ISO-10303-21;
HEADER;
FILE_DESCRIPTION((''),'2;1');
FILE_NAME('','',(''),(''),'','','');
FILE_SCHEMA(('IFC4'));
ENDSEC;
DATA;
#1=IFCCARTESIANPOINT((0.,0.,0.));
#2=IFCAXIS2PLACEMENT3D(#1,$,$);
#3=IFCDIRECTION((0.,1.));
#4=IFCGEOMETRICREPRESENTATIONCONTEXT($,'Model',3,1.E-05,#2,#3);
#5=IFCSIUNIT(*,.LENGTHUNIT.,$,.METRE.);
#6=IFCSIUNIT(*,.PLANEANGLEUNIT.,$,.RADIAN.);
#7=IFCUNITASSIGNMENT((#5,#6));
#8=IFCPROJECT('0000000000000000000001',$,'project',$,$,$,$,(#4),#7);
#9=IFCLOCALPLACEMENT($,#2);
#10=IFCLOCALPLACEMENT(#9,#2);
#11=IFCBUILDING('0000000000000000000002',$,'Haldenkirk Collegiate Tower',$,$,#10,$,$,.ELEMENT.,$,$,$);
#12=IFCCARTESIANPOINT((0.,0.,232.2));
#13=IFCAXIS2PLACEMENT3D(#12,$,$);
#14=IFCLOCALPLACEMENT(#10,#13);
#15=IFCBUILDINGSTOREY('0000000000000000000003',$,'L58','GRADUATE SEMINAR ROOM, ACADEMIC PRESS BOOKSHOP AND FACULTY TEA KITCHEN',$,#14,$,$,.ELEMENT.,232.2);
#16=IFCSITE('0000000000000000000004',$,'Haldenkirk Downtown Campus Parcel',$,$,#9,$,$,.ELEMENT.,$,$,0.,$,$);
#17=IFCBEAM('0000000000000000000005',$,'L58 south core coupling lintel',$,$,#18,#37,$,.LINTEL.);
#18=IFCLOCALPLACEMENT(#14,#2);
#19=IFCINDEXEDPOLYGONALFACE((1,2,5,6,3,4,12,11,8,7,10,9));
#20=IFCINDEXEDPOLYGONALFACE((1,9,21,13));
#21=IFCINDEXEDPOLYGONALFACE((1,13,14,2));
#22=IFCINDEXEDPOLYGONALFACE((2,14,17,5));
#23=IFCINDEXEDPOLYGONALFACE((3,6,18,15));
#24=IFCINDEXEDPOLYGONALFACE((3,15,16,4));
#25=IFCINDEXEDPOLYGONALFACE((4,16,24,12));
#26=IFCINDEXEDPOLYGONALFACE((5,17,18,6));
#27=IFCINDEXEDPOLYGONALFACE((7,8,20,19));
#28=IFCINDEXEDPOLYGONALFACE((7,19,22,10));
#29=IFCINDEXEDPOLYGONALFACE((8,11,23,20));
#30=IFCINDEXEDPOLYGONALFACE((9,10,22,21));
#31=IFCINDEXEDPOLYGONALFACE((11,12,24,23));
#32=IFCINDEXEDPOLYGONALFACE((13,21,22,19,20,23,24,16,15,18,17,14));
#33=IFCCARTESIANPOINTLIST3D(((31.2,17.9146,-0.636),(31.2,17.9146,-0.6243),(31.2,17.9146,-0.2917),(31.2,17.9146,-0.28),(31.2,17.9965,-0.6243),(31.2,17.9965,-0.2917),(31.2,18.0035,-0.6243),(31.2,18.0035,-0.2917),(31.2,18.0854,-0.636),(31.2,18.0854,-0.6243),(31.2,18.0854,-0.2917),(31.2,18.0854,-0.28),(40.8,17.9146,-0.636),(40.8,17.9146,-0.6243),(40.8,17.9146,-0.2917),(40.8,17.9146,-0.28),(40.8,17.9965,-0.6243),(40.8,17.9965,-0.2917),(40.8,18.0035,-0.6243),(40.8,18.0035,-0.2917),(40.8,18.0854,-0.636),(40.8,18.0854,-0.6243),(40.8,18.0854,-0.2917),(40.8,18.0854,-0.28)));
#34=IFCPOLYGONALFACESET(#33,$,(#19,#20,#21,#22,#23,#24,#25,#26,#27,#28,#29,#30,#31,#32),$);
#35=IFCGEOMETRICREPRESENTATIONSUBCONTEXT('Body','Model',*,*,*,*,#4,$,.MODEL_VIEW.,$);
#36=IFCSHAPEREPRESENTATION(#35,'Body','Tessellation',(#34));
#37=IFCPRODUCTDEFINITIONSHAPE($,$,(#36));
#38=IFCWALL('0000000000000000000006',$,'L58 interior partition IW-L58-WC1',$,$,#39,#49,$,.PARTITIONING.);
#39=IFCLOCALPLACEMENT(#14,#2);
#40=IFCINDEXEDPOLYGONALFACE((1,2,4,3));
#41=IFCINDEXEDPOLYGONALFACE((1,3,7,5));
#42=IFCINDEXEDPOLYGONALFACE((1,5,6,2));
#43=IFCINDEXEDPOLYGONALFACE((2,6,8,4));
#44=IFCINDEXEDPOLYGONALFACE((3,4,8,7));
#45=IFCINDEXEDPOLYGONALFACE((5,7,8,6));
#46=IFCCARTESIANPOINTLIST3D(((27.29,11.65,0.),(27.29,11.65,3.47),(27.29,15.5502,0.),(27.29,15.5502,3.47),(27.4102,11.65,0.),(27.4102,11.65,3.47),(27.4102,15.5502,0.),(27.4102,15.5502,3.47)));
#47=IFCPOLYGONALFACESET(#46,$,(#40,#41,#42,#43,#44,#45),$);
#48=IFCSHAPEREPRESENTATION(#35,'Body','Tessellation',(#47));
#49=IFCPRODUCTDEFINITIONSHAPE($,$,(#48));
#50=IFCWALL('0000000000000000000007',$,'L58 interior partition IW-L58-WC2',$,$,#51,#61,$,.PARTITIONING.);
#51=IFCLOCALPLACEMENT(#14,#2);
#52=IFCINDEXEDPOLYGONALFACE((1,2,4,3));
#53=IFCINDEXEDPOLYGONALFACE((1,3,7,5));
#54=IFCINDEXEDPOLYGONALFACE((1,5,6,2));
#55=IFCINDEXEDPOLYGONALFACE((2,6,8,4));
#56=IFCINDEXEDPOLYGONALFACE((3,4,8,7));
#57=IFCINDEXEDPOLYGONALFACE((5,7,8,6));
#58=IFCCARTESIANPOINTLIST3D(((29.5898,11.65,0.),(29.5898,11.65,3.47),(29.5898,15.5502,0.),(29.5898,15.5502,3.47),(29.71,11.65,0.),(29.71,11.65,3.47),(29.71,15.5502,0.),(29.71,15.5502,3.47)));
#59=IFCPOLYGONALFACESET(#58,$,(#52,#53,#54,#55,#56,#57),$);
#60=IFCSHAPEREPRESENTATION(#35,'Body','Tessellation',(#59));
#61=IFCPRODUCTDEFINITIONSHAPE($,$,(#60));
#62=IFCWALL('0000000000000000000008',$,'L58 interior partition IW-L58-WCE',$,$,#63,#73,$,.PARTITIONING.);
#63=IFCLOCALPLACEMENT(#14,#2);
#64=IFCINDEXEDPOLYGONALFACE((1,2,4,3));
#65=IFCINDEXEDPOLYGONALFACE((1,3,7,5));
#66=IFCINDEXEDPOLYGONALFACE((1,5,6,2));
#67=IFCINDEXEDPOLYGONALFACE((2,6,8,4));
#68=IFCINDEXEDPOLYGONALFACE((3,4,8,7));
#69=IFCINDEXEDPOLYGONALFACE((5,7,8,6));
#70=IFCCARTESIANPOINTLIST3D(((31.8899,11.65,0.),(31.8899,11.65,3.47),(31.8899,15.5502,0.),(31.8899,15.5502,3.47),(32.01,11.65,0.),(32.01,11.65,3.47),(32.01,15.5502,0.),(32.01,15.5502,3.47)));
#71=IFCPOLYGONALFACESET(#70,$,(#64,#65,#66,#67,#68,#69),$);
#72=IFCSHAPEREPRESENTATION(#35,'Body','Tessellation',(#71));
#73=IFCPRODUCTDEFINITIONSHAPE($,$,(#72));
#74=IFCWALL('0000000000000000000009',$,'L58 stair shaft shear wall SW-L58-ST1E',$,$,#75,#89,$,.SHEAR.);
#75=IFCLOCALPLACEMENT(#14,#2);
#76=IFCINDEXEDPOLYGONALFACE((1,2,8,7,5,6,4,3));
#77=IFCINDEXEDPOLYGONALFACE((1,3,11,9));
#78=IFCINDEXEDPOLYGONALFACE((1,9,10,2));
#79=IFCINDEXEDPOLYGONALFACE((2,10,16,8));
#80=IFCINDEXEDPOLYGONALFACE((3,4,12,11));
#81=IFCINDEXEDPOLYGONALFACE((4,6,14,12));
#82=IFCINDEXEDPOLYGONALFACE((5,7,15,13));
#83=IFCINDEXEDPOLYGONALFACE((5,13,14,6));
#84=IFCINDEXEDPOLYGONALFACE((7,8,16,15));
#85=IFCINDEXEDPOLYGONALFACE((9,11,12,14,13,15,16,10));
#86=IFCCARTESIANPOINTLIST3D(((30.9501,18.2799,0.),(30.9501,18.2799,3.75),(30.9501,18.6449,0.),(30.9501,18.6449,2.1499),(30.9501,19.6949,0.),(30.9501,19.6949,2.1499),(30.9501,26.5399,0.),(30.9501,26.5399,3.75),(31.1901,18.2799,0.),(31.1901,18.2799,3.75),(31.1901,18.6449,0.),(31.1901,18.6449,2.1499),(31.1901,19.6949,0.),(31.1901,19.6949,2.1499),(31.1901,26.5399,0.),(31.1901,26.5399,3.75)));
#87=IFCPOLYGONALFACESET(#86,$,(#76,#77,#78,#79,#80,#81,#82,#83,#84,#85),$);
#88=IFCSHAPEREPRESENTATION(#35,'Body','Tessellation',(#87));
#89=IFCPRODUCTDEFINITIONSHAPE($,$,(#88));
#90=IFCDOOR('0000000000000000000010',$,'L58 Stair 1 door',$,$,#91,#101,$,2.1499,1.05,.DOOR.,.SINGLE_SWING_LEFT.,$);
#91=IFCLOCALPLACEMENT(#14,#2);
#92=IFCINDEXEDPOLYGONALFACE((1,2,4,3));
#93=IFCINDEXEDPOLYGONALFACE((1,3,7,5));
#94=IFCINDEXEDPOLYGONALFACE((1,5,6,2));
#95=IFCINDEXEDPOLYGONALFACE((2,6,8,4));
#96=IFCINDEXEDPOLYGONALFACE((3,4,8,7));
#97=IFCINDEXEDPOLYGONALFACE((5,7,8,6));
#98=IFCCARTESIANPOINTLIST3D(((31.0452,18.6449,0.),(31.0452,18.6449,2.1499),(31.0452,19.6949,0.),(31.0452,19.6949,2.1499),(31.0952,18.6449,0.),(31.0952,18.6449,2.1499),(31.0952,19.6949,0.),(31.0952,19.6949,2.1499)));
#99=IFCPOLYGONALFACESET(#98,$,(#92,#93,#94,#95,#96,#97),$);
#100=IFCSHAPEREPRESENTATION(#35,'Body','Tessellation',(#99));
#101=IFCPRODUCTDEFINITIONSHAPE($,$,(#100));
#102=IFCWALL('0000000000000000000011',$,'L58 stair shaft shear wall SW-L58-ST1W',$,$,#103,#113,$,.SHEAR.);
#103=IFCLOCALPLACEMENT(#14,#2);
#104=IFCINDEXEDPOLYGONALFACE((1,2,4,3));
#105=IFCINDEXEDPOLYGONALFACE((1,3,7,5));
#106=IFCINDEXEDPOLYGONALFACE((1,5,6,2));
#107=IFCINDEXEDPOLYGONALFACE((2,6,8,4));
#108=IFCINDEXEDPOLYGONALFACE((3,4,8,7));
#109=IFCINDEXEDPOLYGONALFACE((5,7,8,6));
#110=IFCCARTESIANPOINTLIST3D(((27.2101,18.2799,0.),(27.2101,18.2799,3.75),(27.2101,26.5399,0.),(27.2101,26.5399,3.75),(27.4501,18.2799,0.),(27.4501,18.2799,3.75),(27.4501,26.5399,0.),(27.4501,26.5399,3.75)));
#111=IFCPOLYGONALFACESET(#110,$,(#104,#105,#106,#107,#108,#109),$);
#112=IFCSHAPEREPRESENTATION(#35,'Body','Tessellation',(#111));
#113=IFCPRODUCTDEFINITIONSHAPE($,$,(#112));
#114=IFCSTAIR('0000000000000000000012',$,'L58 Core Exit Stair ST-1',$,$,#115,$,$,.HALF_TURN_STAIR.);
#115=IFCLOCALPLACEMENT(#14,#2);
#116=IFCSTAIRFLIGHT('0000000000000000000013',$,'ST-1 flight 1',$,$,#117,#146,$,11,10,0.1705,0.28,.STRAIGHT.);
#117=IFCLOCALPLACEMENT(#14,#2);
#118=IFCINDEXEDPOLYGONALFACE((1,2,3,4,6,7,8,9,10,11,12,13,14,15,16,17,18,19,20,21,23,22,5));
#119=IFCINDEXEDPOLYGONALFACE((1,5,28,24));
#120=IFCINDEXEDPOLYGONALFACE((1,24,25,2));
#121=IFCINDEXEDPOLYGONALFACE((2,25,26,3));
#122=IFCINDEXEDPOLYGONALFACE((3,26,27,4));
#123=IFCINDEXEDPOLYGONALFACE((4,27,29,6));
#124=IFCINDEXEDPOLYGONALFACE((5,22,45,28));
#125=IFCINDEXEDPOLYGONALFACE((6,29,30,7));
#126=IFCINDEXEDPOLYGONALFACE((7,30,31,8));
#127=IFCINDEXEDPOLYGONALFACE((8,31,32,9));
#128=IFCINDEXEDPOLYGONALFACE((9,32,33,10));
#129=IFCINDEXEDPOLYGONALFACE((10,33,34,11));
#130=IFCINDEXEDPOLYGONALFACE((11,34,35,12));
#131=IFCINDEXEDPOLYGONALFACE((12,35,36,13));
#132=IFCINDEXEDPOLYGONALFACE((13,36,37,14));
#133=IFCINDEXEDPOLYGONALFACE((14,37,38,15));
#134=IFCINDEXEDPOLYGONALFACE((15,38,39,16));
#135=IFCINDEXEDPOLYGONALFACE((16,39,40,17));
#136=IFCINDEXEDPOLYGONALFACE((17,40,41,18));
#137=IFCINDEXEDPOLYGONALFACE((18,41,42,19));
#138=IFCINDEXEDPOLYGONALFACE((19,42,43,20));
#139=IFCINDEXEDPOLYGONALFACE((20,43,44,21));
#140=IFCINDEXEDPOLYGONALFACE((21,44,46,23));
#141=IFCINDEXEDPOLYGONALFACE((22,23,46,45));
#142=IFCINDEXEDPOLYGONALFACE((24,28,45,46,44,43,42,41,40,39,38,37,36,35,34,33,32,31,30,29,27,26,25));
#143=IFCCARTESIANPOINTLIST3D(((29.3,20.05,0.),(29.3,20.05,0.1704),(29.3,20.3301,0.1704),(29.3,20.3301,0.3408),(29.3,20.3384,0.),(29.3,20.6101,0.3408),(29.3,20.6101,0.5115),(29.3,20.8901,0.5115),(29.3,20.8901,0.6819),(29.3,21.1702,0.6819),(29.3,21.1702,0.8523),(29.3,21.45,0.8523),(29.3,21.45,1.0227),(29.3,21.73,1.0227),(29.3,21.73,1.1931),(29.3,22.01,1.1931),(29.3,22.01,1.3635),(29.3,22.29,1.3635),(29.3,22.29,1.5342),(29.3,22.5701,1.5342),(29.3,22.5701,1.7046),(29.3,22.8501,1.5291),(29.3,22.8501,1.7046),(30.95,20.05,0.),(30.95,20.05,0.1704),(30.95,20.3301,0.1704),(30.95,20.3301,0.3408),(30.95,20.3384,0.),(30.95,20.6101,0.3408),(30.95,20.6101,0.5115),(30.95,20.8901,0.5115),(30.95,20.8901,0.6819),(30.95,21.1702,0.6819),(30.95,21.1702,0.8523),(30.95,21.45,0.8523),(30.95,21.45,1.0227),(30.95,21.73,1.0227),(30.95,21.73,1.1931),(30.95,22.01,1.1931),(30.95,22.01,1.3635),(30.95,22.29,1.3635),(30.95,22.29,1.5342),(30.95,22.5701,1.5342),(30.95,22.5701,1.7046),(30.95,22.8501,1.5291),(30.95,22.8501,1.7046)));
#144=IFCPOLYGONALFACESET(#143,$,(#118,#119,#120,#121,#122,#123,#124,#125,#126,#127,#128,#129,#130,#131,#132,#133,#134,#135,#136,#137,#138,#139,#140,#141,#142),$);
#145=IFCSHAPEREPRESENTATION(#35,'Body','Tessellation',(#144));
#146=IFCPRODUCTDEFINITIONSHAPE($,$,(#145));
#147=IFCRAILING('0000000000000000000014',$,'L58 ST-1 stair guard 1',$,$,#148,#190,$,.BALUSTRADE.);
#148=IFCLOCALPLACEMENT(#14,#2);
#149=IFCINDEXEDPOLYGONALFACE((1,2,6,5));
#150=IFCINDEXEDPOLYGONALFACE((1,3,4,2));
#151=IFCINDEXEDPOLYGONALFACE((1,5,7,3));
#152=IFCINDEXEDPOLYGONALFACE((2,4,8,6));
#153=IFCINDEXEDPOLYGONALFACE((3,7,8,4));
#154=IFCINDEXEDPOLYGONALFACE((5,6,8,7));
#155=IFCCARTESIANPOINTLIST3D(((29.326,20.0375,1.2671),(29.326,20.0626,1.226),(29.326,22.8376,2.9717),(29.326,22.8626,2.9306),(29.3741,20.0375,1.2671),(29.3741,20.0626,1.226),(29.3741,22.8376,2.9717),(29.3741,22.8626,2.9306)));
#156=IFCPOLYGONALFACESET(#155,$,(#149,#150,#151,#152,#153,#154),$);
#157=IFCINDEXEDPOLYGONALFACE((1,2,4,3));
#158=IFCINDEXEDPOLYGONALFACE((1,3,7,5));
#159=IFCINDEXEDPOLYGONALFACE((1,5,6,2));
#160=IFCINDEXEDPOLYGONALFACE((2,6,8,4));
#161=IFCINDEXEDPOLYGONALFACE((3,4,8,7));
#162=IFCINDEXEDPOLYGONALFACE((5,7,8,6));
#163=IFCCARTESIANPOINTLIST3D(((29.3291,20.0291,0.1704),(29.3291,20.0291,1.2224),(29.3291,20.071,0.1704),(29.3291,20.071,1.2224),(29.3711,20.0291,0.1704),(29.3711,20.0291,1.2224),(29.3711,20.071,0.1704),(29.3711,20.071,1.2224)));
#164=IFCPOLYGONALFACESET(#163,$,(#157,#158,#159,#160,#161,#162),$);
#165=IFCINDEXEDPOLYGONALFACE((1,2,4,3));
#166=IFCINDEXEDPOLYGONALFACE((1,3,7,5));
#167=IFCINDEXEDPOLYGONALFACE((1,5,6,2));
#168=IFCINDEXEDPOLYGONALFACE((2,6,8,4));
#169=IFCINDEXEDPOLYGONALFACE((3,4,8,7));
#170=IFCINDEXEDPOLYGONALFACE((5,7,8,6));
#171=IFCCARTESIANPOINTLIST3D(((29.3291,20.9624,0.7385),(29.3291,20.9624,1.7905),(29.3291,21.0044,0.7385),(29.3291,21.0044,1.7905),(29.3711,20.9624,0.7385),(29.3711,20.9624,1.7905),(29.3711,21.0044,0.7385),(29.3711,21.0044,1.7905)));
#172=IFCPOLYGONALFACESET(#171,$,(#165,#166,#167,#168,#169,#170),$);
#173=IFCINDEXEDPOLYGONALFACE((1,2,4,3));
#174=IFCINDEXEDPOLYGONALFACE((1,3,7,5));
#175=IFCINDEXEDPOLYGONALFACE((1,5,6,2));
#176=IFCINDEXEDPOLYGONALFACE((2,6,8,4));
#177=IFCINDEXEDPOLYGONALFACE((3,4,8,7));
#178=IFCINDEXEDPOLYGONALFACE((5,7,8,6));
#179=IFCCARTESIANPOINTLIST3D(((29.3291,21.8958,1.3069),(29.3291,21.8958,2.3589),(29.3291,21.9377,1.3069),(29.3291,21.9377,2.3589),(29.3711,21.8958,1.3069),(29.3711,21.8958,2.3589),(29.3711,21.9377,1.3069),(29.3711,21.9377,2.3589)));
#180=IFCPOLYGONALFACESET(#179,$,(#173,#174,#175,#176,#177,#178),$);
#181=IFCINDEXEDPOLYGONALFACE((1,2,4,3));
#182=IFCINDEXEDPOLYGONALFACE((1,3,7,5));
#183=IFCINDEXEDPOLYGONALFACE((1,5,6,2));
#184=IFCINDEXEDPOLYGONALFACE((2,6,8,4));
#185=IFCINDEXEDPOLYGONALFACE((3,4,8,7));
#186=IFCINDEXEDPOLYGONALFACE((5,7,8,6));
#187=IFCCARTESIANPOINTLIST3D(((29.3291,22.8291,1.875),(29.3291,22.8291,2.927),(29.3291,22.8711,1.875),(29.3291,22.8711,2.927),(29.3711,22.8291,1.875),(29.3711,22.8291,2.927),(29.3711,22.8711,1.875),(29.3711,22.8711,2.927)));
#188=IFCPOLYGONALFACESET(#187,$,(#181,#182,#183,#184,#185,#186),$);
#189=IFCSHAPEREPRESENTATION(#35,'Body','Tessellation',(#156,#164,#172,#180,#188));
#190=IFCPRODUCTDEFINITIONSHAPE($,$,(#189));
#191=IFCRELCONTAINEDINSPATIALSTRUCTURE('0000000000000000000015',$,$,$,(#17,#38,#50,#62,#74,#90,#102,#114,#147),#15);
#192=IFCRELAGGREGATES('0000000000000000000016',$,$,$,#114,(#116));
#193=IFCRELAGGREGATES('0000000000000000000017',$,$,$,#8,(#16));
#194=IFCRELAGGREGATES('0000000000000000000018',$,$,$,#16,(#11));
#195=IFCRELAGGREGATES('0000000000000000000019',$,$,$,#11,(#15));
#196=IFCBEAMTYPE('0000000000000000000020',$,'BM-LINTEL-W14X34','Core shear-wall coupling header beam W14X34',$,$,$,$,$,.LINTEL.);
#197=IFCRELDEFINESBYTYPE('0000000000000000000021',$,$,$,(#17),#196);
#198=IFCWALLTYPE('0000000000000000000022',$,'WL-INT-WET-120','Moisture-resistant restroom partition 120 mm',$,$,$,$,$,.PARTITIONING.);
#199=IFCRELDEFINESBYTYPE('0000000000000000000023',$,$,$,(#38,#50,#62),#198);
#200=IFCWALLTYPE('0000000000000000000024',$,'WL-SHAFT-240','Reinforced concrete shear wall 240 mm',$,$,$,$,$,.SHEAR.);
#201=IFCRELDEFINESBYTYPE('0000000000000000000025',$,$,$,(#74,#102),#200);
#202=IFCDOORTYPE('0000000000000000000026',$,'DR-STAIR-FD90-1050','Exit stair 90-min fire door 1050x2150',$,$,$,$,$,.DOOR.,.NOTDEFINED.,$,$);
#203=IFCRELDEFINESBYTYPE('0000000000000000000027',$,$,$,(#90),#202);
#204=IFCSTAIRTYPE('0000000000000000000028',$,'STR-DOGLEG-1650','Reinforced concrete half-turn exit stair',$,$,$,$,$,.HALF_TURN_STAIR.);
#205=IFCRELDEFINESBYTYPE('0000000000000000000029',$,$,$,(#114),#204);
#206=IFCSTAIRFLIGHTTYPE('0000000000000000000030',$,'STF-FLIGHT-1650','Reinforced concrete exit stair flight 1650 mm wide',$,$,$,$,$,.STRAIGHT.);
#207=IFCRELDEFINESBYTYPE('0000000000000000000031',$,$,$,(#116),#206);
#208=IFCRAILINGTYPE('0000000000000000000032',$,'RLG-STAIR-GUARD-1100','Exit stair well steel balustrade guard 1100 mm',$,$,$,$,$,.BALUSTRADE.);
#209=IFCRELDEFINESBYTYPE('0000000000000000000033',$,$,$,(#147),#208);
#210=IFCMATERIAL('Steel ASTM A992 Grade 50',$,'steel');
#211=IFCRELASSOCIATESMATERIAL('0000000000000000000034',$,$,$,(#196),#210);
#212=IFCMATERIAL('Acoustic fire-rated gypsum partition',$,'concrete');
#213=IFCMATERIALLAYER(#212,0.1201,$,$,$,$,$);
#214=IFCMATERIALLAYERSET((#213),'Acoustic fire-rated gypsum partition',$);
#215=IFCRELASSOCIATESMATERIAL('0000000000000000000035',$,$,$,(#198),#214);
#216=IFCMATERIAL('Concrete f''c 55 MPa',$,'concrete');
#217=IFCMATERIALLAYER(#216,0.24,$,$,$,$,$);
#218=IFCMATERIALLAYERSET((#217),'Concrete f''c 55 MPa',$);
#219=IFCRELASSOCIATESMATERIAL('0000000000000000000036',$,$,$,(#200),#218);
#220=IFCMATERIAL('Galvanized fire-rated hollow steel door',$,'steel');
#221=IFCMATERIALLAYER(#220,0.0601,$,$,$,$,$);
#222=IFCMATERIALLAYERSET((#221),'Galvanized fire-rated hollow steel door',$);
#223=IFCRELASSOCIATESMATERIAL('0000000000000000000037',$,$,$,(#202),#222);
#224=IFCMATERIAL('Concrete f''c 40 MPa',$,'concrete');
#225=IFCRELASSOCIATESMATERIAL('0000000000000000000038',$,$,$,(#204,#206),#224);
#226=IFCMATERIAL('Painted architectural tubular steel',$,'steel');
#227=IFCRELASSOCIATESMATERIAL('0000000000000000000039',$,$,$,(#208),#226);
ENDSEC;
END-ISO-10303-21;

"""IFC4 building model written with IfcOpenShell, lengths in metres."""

from ifc_helpers import new_model, si_unit, direction, frame, frame_2d, origin, origin_2d, place, context, subcontext, project, spatial, polyline, rectangle, i_section, outline, extrude, material, layer, layer_set, material_profile, profile_set, type_object, element, fill, aggregate, save


model = new_model("IFC4")

# Units and contexts
model_context = context("Model", 3, precision=1e-05, world=origin(), true_north=direction((0.0, 1.0)))
body_context = subcontext(model_context, "Body", "Model", "MODEL_VIEW")
ifc_project = project(units=[si_unit("LENGTHUNIT", "METRE"), si_unit("PLANEANGLEUNIT", "RADIAN")], contexts=[model_context])

# Site, building, storey
site_placement = place(None, origin())
site = spatial("IfcSite", under=ifc_project, at=site_placement, Name="Haldenkirk Downtown Campus Parcel", CompositionType="ELEMENT", RefElevation=0.0)
building_placement = place(site_placement, origin())
building = spatial("IfcBuilding", under=site, at=building_placement, Name="Haldenkirk Collegiate Tower", CompositionType="ELEMENT")
storey_placement = place(building_placement, frame((0.0, 0.0, 232.2)))
storey = spatial("IfcBuildingStorey", under=building, at=storey_placement, Name="L58", Description="GRADUATE SEMINAR ROOM, ACADEMIC PRESS BOOKSHOP AND FACULTY TEA KITCHEN", CompositionType="ELEMENT", Elevation=232.2)

# Beam
ifc_material_1 = material(Name="Steel ASTM A992 Grade 50", Category="steel")
ifc_material_profile = material_profile(ifc_material_1, i_section(OverallWidth=0.1709, OverallDepth=0.356, WebThickness=0.0071, FlangeThickness=0.0117, at=origin_2d()), Name="W14X34")
ifc_profile_set = profile_set([ifc_material_profile], Name="Steel ASTM A992 Grade 50")
beam_type = type_object("IfcBeamType", Name="BM-LINTEL-W14X34", Description="Core shear-wall coupling header beam W14X34", PredefinedType="LINTEL", material=ifc_profile_set)
beam_placement = place(storey_placement, frame((31.2, 18.0, -0.458), z_axis=(1.0, 0.0, 0.0), x_axis=(0.0, 1.0, 0.0)))
element("IfcBeam", 1, at=beam_placement, inside=storey, type_object=beam_type, Name="L58 south core coupling lintel", PredefinedType="LINTEL", context=body_context, shape_type="SweptSolid", body=[
    extrude(i_section(OverallWidth=0.1709, OverallDepth=0.356, WebThickness=0.0071, FlangeThickness=0.0117, at=origin_2d()), origin(), (0.0, 0.0, 1.0), 9.6001),
])

# Walls
ifc_material_2 = material(Name="Acoustic fire-rated gypsum partition", Category="concrete")
ifc_layer_1 = layer(ifc_material_2, 0.1201)
ifc_layer_set_1 = layer_set([ifc_layer_1], Name="Acoustic fire-rated gypsum partition")
wall_type_1 = type_object("IfcWallType", Name="WL-INT-WET-120", Description="Moisture-resistant restroom partition 120 mm", PredefinedType="PARTITIONING", material=ifc_layer_set_1)
for number, where, z_axis, x_axis, name in (
    (2, (27.3501, 11.6499, 0.0), (0.0, 0.0, 1.0), (0.0, 1.0, 0.0), "L58 interior partition IW-L58-WC1"),
    (3, (29.6499, 11.6499, 0.0), (0.0, 0.0, 1.0), (0.0, 1.0, 0.0), "L58 interior partition IW-L58-WC2"),
    (4, (31.95, 11.6499, 0.0), (0.0, 0.0, 1.0), (0.0, 1.0, 0.0), "L58 interior partition IW-L58-WCE"),
):
    element("IfcWall", number, at=place(storey_placement, frame(where, z_axis=z_axis, x_axis=x_axis)), inside=storey, type_object=wall_type_1, Name=name, PredefinedType="PARTITIONING", context=body_context, shape_type="SweptSolid", body=[
        extrude(rectangle(XDim=3.9001, YDim=0.1201, at=frame_2d((1.9502, 0.0))), origin(), (0.0, 0.0, 1.0), 3.47),
    ])

# Wall, opening, door
ifc_material_3 = material(Name="Concrete f'c 55 MPa", Category="concrete")
ifc_layer_2 = layer(ifc_material_3, 0.24)
ifc_layer_set_2 = layer_set([ifc_layer_2], Name="Concrete f'c 55 MPa")
wall_type_2 = type_object("IfcWallType", Name="WL-SHAFT-240", Description="Reinforced concrete shear wall 240 mm", PredefinedType="SHEAR", material=ifc_layer_set_2)
wall_1_placement = place(storey_placement, frame((31.0701, 18.28, 0.0), z_axis=(0.0, 0.0, 1.0), x_axis=(0.0, 1.0, 0.0)))
wall_1 = element("IfcWall", 5, at=wall_1_placement, inside=storey, type_object=wall_type_2, Name="L58 stair shaft shear wall SW-L58-ST1E", PredefinedType="SHEAR", context=body_context, shape_type="SweptSolid", body=[
    extrude(rectangle(XDim=8.26, YDim=0.24, at=frame_2d((4.1299, 0.0))), origin(), (0.0, 0.0, 1.0), 3.75),
])
opening_placement = place(wall_1_placement, frame((0.365, 0.0, 0.0)))
opening = element("IfcOpeningElement", 6, at=opening_placement, cuts=wall_1, PredefinedType="OPENING", context=body_context, shape_type="SweptSolid", body=[
    extrude(rectangle(XDim=1.05, YDim=2.1499, at=frame_2d((0.5249, 1.075))), frame((0.0, 0.1299, 0.0), z_axis=(0.0, -1.0, 0.0), x_axis=(1.0, 0.0, 0.0)), (0.0, 0.0, 1.0), 0.26),
])
ifc_material_4 = material(Name="Galvanized fire-rated hollow steel door", Category="steel")
ifc_layer_3 = layer(ifc_material_4, 0.0601)
ifc_layer_set_3 = layer_set([ifc_layer_3], Name="Galvanized fire-rated hollow steel door")
door_type = type_object("IfcDoorType", Name="DR-STAIR-FD90-1050", Description="Exit stair 90-min fire door 1050x2150", OperationType="NOTDEFINED", PredefinedType="DOOR", material=ifc_layer_set_3)
door_placement = place(opening_placement, origin())
door = element("IfcDoor", 7, at=door_placement, inside=storey, type_object=door_type, Name="L58 Stair 1 door", OperationType="SINGLE_SWING_LEFT", OverallHeight=2.1499, OverallWidth=1.05, PredefinedType="DOOR", context=body_context, shape_type="SweptSolid", body=[
    extrude(rectangle(XDim=1.05, YDim=2.1499, at=frame_2d((0.5249, 1.075))), frame((0.0, 0.0249, 0.0), z_axis=(0.0, -1.0, 0.0), x_axis=(1.0, 0.0, 0.0)), (0.0, 0.0, 1.0), 0.05),
])
fill(opening, door)

# Wall
wall_2_placement = place(storey_placement, frame((27.3301, 18.28, 0.0), z_axis=(0.0, 0.0, 1.0), x_axis=(0.0, 1.0, 0.0)))
element("IfcWall", 8, at=wall_2_placement, inside=storey, type_object=wall_type_2, Name="L58 stair shaft shear wall SW-L58-ST1W", PredefinedType="SHEAR", context=body_context, shape_type="SweptSolid", body=[
    extrude(rectangle(XDim=8.26, YDim=0.24, at=frame_2d((4.1299, 0.0))), origin(), (0.0, 0.0, 1.0), 3.75),
])

# Stair, stair flight
ifc_material_5 = material(Name="Concrete f'c 40 MPa", Category="concrete")
stair_type = type_object("IfcStairType", Name="STR-DOGLEG-1650", Description="Reinforced concrete half-turn exit stair", PredefinedType="HALF_TURN_STAIR", material=ifc_material_5)
stair_placement = place(storey_placement, origin())
stair = element("IfcStair", 9, at=stair_placement, inside=storey, type_object=stair_type, Name="L58 Core Exit Stair ST-1", PredefinedType="HALF_TURN_STAIR")
stair_flight_type = type_object("IfcStairFlightType", Name="STF-FLIGHT-1650", Description="Reinforced concrete exit stair flight 1650 mm wide", PredefinedType="STRAIGHT", material=ifc_material_5)
stair_flight_placement = place(storey_placement, frame((30.125, 20.05, 0.0), z_axis=(0.0, 0.0, 1.0), x_axis=(0.0, 1.0, 0.0)))
stair_flight = element("IfcStairFlight", 10, at=stair_flight_placement, type_object=stair_flight_type, Name="ST-1 flight 1", NumberOfRisers=11, NumberOfTreads=10, PredefinedType="STRAIGHT", RiserHeight=0.1705, TreadLength=0.28, context=body_context, shape_type="SweptSolid", body=[
    extrude(outline(polyline([(0.0, 0.0), (0.0, 0.1704), (0.28, 0.1704), (0.28, 0.3408), (0.5601, 0.3408), (0.5601, 0.5115), (0.8401, 0.5115), (0.8401, 0.6819), (1.1201, 0.6819), (1.1201, 0.8523), (1.3999, 0.8523), (1.3999, 1.0227), (1.6799, 1.0227), (1.6799, 1.1931), (1.96, 1.1931), (1.96, 1.3635), (2.24, 1.3635), (2.24, 1.5342), (2.52, 1.5342), (2.52, 1.7046), (2.8, 1.7046), (2.8, 1.875), (2.8, 1.5291), (0.2883, 0.0), (0.0, 0.0)])), frame((0.0, 0.825, 0.0), z_axis=(0.0, -1.0, 0.0), x_axis=(1.0, 0.0, 0.0)), (0.0, 0.0, 1.0), 1.6499),
])
aggregate(stair, [stair_flight])

# Railing
ifc_material_6 = material(Name="Painted architectural tubular steel", Category="steel")
railing_type = type_object("IfcRailingType", Name="RLG-STAIR-GUARD-1100", Description="Exit stair well steel balustrade guard 1100 mm", PredefinedType="BALUSTRADE", material=ifc_material_6)
railing_1_placement = place(storey_placement, frame((29.3501, 20.05, 0.1704)))
element("IfcRailing", 11, at=railing_1_placement, inside=storey, type_object=railing_type, Name="L58 ST-1 stair guard 1", PredefinedType="BALUSTRADE", context=body_context, shape_type="SweptSolid", body=[
    extrude(rectangle(XDim=0.0481, YDim=0.0481, at=origin_2d()), frame((0.0, 0.0, 1.0762), z_axis=(0.0, 0.85417, 0.519994), x_axis=(-1.0, 0.0, 0.0)), (0.0, 0.0, 1.0), 3.2781),
    extrude(rectangle(XDim=0.042, YDim=0.042, at=origin_2d()), origin(), (0.0, 0.0, 1.0), 1.052),
    extrude(rectangle(XDim=0.042, YDim=0.042, at=origin_2d()), frame((0.0, 0.9333, 0.5681)), (0.0, 0.0, 1.0), 1.052),
    extrude(rectangle(XDim=0.042, YDim=0.042, at=origin_2d()), frame((0.0, 1.8667, 1.1365)), (0.0, 0.0, 1.0), 1.052),
    extrude(rectangle(XDim=0.042, YDim=0.042, at=origin_2d()), frame((0.0, 2.8, 1.7046)), (0.0, 0.0, 1.0), 1.052),
])

save(model, "model.ifc")
